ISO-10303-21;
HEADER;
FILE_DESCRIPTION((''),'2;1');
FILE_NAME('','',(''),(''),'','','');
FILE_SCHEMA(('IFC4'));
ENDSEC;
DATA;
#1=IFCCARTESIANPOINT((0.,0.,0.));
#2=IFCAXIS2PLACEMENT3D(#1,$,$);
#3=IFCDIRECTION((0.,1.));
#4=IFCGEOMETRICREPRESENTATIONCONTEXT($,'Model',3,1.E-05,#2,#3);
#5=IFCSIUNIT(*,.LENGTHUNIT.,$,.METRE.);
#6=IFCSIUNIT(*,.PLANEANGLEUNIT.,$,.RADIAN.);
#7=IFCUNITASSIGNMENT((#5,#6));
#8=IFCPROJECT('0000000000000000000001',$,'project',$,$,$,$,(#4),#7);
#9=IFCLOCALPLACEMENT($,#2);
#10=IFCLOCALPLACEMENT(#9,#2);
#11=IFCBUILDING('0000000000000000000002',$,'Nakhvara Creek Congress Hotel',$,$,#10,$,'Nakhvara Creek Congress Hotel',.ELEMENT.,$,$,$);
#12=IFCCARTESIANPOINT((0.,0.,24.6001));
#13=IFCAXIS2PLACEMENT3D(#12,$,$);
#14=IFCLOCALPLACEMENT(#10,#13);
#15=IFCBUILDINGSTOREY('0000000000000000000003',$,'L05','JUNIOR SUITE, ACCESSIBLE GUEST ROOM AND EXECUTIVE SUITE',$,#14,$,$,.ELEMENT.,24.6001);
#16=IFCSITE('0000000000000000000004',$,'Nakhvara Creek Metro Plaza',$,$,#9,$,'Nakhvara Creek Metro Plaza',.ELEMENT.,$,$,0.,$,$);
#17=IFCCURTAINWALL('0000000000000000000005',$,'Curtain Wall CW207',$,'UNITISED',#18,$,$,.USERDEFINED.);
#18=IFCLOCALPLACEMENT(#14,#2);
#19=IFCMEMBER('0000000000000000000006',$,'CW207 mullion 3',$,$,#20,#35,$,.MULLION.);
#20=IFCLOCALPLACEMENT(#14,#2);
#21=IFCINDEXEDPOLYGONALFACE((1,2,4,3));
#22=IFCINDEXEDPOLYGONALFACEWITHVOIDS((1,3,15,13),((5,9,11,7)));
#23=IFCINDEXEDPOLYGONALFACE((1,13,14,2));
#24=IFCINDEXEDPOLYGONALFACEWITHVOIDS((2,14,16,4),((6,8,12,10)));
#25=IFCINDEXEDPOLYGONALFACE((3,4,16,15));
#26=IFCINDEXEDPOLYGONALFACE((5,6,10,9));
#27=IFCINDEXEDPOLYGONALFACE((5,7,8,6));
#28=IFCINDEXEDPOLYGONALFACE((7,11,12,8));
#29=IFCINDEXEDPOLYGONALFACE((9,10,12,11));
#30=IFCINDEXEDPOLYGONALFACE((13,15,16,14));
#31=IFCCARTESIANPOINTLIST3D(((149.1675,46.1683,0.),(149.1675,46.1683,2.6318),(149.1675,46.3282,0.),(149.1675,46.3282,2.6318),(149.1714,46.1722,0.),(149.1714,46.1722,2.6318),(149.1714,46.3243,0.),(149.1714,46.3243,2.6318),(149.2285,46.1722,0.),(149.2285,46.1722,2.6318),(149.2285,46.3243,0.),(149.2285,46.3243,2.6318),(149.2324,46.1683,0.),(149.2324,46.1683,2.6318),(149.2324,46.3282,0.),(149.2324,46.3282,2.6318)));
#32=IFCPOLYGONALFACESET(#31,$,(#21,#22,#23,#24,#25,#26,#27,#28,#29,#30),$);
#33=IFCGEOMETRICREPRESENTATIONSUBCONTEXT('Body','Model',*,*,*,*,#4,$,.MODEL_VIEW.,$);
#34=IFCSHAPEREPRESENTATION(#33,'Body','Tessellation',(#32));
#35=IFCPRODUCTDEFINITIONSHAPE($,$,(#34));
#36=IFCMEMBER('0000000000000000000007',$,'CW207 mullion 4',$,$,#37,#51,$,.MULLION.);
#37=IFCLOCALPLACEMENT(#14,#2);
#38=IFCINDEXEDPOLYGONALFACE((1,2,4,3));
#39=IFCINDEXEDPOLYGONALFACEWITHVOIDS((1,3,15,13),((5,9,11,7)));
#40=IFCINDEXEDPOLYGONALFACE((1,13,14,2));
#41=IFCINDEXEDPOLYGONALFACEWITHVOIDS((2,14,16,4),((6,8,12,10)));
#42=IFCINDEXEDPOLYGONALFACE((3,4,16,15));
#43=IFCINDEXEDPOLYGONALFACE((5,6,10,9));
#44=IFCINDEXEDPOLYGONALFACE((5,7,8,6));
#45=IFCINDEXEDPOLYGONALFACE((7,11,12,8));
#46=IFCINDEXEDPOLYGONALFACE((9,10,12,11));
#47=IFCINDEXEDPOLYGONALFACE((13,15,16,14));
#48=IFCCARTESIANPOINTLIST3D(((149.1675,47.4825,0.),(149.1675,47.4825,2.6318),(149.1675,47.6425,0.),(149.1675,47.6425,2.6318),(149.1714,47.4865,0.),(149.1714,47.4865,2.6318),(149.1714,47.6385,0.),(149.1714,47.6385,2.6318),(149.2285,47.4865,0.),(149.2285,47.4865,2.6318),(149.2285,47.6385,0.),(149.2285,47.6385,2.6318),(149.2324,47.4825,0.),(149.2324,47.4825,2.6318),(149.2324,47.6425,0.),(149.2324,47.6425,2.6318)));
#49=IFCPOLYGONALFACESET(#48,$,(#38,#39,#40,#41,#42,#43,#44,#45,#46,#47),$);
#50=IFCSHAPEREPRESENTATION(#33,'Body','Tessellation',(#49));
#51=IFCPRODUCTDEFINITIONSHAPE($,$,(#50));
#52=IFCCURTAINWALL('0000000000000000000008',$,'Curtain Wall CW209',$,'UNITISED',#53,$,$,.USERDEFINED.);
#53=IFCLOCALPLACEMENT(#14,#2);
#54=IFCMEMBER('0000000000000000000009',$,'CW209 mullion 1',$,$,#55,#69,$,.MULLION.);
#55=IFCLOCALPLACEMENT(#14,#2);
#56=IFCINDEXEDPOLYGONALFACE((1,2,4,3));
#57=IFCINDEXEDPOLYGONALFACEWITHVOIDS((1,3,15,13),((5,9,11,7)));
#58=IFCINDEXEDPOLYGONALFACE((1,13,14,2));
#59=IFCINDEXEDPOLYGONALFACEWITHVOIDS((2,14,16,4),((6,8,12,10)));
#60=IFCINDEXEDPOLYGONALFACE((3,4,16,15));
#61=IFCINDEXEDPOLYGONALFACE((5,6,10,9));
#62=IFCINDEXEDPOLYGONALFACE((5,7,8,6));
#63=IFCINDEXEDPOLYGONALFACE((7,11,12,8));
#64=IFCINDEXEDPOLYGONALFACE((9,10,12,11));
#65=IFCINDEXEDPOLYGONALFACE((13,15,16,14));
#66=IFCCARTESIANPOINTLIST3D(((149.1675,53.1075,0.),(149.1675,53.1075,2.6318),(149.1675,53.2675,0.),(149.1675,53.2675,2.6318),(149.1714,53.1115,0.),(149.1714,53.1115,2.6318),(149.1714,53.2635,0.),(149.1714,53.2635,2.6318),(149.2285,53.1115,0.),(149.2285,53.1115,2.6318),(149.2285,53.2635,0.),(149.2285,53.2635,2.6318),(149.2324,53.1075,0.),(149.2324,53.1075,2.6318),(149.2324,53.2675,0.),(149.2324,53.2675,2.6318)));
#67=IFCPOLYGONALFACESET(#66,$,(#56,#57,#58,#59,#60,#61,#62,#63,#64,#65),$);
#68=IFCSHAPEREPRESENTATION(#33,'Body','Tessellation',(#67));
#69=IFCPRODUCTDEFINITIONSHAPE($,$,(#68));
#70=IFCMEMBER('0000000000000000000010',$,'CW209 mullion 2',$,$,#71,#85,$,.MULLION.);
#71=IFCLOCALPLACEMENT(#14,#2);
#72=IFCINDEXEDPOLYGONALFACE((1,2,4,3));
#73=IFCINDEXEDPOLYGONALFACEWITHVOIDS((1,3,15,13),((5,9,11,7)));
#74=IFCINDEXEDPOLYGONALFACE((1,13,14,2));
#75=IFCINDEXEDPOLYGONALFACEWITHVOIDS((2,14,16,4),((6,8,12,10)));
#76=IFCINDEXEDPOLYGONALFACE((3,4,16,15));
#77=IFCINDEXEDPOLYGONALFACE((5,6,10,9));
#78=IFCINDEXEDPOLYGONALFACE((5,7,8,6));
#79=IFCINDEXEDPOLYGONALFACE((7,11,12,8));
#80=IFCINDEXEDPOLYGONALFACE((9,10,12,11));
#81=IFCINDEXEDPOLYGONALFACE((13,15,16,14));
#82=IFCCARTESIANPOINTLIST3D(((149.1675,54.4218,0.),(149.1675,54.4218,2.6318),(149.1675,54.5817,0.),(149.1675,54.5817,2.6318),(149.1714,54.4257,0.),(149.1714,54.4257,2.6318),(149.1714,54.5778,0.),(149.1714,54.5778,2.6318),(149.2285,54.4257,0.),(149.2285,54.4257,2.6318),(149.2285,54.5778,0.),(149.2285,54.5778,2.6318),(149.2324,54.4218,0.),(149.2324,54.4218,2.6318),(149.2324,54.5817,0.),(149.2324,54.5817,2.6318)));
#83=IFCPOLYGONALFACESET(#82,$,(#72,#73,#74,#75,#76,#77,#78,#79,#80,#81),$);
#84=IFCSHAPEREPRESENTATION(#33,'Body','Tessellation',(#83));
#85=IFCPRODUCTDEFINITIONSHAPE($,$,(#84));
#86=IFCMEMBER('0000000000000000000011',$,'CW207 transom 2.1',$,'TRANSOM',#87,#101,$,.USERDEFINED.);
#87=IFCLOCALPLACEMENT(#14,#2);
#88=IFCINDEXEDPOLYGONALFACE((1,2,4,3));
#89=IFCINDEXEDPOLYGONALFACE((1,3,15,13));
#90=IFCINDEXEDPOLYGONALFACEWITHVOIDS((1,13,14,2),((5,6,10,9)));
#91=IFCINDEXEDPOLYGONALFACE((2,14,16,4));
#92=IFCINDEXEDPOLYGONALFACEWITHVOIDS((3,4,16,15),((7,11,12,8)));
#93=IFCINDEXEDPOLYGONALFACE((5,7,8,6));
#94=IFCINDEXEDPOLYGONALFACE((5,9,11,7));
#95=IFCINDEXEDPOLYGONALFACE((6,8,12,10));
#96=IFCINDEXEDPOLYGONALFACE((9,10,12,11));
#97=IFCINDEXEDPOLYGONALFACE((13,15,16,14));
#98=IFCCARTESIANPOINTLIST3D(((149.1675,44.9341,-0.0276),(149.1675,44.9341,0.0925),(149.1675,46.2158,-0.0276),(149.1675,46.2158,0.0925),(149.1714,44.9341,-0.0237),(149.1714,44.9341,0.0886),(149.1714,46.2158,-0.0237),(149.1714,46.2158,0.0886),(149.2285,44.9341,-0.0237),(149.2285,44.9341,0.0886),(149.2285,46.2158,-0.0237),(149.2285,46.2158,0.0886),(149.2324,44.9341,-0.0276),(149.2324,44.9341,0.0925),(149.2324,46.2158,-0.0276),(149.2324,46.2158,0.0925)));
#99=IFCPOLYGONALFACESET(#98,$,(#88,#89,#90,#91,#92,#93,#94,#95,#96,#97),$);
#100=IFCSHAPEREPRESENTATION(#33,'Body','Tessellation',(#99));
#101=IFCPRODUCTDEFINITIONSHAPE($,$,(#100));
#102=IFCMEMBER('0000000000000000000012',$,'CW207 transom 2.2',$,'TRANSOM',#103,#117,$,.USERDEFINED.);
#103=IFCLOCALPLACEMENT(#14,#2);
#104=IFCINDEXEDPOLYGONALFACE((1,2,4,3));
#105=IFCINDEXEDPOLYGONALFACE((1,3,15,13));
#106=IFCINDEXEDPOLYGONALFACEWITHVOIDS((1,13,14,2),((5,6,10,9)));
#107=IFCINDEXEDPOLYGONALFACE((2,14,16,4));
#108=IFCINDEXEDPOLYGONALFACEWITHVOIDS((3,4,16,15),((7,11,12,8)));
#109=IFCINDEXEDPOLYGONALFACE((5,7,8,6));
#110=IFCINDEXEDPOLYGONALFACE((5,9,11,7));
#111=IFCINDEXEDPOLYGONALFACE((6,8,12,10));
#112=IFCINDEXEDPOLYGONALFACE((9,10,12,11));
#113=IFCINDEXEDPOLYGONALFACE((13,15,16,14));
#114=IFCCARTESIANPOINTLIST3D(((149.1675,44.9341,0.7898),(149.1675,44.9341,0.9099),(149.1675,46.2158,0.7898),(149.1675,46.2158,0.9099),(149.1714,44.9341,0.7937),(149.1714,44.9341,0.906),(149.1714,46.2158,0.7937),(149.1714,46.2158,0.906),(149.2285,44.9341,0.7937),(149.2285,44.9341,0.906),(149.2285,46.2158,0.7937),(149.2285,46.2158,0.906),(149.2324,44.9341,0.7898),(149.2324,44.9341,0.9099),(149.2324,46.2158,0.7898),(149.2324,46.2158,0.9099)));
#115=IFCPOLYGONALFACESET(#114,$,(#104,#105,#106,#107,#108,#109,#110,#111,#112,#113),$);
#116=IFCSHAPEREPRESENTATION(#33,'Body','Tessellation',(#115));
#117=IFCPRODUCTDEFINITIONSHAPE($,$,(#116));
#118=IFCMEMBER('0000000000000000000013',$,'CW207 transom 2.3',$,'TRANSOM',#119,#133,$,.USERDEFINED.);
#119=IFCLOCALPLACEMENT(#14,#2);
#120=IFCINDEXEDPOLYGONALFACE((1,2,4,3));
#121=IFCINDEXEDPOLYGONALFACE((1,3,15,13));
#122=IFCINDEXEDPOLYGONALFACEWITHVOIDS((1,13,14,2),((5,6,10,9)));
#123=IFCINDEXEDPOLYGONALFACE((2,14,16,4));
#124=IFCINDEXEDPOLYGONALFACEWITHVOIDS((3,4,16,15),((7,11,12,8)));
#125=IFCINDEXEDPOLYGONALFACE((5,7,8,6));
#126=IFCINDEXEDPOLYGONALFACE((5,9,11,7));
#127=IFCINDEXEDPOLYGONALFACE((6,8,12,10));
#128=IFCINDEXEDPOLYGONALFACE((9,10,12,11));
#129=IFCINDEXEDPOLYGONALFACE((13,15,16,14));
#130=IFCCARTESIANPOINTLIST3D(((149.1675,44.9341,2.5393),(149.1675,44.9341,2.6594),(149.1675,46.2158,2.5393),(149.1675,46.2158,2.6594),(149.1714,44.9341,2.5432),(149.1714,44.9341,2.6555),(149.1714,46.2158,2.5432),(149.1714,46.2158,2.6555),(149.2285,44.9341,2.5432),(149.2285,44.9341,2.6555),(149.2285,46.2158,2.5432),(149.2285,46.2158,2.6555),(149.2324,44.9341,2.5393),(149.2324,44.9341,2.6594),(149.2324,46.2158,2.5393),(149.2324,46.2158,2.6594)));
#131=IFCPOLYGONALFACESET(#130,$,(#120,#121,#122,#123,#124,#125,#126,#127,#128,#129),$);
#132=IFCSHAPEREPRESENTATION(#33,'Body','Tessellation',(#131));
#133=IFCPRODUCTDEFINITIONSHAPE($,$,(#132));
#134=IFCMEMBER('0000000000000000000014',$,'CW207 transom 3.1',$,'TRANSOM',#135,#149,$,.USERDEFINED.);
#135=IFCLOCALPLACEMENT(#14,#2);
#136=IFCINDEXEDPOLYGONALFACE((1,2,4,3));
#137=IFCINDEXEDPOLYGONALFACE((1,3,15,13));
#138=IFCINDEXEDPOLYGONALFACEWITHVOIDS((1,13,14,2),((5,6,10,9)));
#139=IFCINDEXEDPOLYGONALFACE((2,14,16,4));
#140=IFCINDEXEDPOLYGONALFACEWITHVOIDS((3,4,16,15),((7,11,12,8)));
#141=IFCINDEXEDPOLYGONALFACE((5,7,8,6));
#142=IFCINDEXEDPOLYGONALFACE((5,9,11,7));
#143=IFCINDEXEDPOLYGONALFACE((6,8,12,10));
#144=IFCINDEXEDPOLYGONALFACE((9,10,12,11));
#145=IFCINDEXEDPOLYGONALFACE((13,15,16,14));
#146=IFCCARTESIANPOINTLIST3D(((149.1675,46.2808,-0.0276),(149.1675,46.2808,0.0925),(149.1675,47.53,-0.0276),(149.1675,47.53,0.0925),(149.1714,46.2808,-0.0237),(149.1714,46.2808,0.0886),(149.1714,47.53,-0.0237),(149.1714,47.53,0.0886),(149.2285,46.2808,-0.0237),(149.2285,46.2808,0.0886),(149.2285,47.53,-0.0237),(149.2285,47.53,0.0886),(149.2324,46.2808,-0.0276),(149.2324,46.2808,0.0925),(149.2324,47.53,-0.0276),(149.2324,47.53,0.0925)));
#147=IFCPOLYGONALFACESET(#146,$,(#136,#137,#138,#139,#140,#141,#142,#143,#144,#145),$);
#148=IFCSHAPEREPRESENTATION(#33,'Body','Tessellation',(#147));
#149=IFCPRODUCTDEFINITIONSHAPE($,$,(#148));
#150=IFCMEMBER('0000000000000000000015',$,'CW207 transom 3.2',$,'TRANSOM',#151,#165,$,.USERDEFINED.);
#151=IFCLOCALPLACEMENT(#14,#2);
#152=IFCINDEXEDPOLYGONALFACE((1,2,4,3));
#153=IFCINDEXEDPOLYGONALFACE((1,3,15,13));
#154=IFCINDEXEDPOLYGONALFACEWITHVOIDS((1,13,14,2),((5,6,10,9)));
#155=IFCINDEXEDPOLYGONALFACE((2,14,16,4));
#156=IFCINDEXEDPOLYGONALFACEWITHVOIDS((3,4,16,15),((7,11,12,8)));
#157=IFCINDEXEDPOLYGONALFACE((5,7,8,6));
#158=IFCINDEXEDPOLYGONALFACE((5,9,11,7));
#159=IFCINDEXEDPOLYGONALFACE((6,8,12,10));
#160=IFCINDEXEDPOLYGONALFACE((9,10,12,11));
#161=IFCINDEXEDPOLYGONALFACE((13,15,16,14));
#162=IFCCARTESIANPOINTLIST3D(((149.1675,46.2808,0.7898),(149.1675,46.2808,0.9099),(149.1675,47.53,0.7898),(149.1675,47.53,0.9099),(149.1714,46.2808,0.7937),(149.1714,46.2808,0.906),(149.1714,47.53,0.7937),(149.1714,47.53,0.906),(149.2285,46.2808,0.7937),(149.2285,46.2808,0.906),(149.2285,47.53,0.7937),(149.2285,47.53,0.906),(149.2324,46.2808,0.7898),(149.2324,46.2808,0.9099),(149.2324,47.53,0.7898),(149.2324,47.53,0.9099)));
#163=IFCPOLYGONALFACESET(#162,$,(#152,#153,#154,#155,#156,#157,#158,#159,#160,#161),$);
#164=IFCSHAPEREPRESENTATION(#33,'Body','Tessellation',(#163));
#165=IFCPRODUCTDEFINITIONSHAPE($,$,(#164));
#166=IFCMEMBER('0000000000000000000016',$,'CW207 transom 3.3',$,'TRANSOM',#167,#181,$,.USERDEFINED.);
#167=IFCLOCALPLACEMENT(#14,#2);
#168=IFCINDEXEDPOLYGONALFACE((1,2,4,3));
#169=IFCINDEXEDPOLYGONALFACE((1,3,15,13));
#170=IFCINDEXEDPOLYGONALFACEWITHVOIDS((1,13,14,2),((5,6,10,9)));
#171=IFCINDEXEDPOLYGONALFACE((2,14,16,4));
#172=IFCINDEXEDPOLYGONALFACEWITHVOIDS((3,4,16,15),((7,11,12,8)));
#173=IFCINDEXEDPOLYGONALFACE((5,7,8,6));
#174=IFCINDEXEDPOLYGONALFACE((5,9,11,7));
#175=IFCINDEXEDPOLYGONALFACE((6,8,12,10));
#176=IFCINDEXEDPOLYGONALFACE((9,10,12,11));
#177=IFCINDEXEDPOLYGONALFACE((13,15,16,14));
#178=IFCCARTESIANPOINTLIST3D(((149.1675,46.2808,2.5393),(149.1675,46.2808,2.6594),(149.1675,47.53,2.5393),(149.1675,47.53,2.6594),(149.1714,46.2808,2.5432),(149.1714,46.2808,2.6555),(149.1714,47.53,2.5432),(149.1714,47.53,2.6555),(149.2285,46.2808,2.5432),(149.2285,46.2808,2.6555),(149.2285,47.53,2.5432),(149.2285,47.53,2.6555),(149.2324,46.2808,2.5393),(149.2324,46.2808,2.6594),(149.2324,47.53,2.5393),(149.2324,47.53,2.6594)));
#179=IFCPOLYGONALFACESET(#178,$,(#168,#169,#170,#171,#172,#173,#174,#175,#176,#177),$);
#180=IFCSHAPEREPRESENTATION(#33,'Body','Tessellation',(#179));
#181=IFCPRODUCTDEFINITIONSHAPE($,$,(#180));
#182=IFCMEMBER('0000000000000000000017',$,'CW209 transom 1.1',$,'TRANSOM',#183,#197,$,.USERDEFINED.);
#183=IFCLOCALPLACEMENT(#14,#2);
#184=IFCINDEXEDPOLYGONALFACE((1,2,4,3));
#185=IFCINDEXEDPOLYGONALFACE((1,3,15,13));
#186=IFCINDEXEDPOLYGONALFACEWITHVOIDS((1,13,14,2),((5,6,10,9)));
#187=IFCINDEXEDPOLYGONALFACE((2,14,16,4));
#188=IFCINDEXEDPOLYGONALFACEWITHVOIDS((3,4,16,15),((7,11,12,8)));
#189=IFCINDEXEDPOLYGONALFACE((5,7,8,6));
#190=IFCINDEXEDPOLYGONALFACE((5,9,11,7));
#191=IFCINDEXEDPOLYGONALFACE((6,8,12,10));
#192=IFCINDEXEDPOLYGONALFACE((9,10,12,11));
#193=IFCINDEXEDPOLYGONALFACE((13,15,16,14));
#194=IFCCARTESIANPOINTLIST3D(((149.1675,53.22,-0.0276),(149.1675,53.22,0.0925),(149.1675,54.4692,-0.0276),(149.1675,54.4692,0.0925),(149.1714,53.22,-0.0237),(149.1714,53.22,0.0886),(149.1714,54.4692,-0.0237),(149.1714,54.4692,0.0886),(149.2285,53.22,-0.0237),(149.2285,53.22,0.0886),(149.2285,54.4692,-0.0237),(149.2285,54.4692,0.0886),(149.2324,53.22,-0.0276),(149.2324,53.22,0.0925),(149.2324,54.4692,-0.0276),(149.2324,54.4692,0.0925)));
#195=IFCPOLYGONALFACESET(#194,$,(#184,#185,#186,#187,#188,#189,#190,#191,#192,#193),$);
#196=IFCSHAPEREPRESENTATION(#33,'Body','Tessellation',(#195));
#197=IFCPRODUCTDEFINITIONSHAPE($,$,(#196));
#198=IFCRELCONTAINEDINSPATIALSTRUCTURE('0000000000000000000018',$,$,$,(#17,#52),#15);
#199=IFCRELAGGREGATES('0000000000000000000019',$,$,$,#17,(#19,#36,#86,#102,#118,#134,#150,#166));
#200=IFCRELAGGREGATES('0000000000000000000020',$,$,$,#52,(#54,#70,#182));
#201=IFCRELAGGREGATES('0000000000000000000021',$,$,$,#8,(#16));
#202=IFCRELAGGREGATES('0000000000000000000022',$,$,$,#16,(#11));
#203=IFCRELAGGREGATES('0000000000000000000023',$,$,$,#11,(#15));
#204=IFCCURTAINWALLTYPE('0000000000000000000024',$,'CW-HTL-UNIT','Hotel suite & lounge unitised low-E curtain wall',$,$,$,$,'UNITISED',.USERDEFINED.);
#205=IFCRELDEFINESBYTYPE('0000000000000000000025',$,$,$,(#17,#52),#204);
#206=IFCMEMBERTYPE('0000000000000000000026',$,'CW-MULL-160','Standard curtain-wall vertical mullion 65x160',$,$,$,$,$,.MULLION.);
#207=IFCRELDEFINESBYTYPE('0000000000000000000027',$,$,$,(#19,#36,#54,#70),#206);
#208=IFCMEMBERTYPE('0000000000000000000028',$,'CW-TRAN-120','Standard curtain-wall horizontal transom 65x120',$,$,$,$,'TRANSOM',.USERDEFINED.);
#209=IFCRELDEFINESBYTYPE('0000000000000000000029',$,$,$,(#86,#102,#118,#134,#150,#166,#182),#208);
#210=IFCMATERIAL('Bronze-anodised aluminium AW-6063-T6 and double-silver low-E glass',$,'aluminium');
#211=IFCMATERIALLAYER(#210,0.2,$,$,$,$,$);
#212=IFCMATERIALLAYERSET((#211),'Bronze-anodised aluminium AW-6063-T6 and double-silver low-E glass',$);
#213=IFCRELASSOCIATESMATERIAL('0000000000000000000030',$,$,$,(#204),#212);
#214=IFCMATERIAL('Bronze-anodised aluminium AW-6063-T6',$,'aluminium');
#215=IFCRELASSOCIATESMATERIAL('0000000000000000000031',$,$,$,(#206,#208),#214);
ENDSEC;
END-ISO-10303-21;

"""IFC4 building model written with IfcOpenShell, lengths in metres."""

from ifc_helpers import new_model, si_unit, direction, frame, origin, origin_2d, place, context, subcontext, project, spatial, hollow_rectangle, extrude, material, layer, layer_set, material_profile, profile_set, type_object, element, aggregate, save


model = new_model("IFC4")

# Units and contexts
model_context = context("Model", 3, precision=1e-05, world=origin(), true_north=direction((0.0, 1.0)))
body_context = subcontext(model_context, "Body", "Model", "MODEL_VIEW")
ifc_project = project(units=[si_unit("LENGTHUNIT", "METRE"), si_unit("PLANEANGLEUNIT", "RADIAN")], contexts=[model_context])

# Site, building, storey
site_placement = place(None, origin())
site = spatial("IfcSite", under=ifc_project, at=site_placement, Name="Nakhvara Creek Metro Plaza", LongName="Nakhvara Creek Metro Plaza", CompositionType="ELEMENT", RefElevation=0.0)
building_placement = place(site_placement, origin())
building = spatial("IfcBuilding", under=site, at=building_placement, Name="Nakhvara Creek Congress Hotel", LongName="Nakhvara Creek Congress Hotel", CompositionType="ELEMENT")
storey_placement = place(building_placement, frame((0.0, 0.0, 24.6001)))
storey = spatial("IfcBuildingStorey", under=building, at=storey_placement, Name="L05", Description="JUNIOR SUITE, ACCESSIBLE GUEST ROOM AND EXECUTIVE SUITE", CompositionType="ELEMENT", Elevation=24.6001)

# Curtain walls, members
ifc_material_1 = material(Name="Bronze-anodised aluminium AW-6063-T6 and double-silver low-E glass", Category="aluminium")
ifc_layer = layer(ifc_material_1, 0.2)
ifc_layer_set = layer_set([ifc_layer], Name="Bronze-anodised aluminium AW-6063-T6 and double-silver low-E glass")
curtain_wall_type = type_object("IfcCurtainWallType", Name="CW-HTL-UNIT", Description="Hotel suite & lounge unitised low-E curtain wall", ElementType="UNITISED", PredefinedType="USERDEFINED", material=ifc_layer_set)
curtain_wall_1_placement = place(storey_placement, origin())
curtain_wall_1 = element("IfcCurtainWall", 1, at=curtain_wall_1_placement, inside=storey, type_object=curtain_wall_type, Name="Curtain Wall CW207", ObjectType="UNITISED", PredefinedType="USERDEFINED")
ifc_material_2 = material(Name="Bronze-anodised aluminium AW-6063-T6", Category="aluminium")
ifc_material_profile_1 = material_profile(ifc_material_2, hollow_rectangle(XDim=0.0649, YDim=0.1599, WallThickness=0.0039, at=origin_2d()), Name="ALU-MULL 65x160x4", Category="LoadBearing")
ifc_profile_set_1 = profile_set([ifc_material_profile_1], Name="Bronze-anodised aluminium AW-6063-T6")
member_type_1 = type_object("IfcMemberType", Name="CW-MULL-160", Description="Standard curtain-wall vertical mullion 65x160", PredefinedType="MULLION", material=ifc_profile_set_1)
member_1_placement = place(storey_placement, frame((149.2, 46.2483, 0.0), z_axis=(0.0, 0.0, 1.0), x_axis=(-1.0, 0.0, 0.0)))
member_1 = element("IfcMember", 2, at=member_1_placement, type_object=member_type_1, Name="CW207 mullion 3", PredefinedType="MULLION", context=body_context, shape_type="SweptSolid", body=[
    extrude(hollow_rectangle(XDim=0.0649, YDim=0.1599, WallThickness=0.0039, at=origin_2d()), origin(), (0.0, 0.0, 1.0), 2.6318),
])
member_2_placement = place(storey_placement, frame((149.2, 47.5625, 0.0), z_axis=(0.0, 0.0, 1.0), x_axis=(-1.0, 0.0, 0.0)))
member_2 = element("IfcMember", 3, at=member_2_placement, type_object=member_type_1, Name="CW207 mullion 4", PredefinedType="MULLION", context=body_context, shape_type="SweptSolid", body=[
    extrude(hollow_rectangle(XDim=0.0649, YDim=0.1599, WallThickness=0.0039, at=origin_2d()), origin(), (0.0, 0.0, 1.0), 2.6318),
])
curtain_wall_2_placement = place(storey_placement, origin())
curtain_wall_2 = element("IfcCurtainWall", 4, at=curtain_wall_2_placement, inside=storey, type_object=curtain_wall_type, Name="Curtain Wall CW209", ObjectType="UNITISED", PredefinedType="USERDEFINED")
member_3_placement = place(storey_placement, frame((149.2, 53.1875, 0.0), z_axis=(0.0, 0.0, 1.0), x_axis=(-1.0, 0.0, 0.0)))
member_3 = element("IfcMember", 5, at=member_3_placement, type_object=member_type_1, Name="CW209 mullion 1", PredefinedType="MULLION", context=body_context, shape_type="SweptSolid", body=[
    extrude(hollow_rectangle(XDim=0.0649, YDim=0.1599, WallThickness=0.0039, at=origin_2d()), origin(), (0.0, 0.0, 1.0), 2.6318),
])
member_4_placement = place(storey_placement, frame((149.2, 54.5017, 0.0), z_axis=(0.0, 0.0, 1.0), x_axis=(-1.0, 0.0, 0.0)))
member_4 = element("IfcMember", 6, at=member_4_placement, type_object=member_type_1, Name="CW209 mullion 2", PredefinedType="MULLION", context=body_context, shape_type="SweptSolid", body=[
    extrude(hollow_rectangle(XDim=0.0649, YDim=0.1599, WallThickness=0.0039, at=origin_2d()), origin(), (0.0, 0.0, 1.0), 2.6318),
])

# Members
ifc_material_profile_2 = material_profile(ifc_material_2, hollow_rectangle(XDim=0.0649, YDim=0.1201, WallThickness=0.0039, at=origin_2d()), Name="ALU-TRAN 65x120x4", Category="LoadBearing")
ifc_profile_set_2 = profile_set([ifc_material_profile_2], Name="Bronze-anodised aluminium AW-6063-T6")
member_type_2 = type_object("IfcMemberType", Name="CW-TRAN-120", Description="Standard curtain-wall horizontal transom 65x120", ElementType="TRANSOM", PredefinedType="USERDEFINED", material=ifc_profile_set_2)
member_5_placement = place(storey_placement, frame((149.2, 44.9341, 0.0325), z_axis=(0.0, 1.0, 0.0), x_axis=(-1.0, 0.0, 0.0)))
member_5 = element("IfcMember", 7, at=member_5_placement, type_object=member_type_2, Name="CW207 transom 2.1", ObjectType="TRANSOM", PredefinedType="USERDEFINED", context=body_context, shape_type="SweptSolid", body=[
    extrude(hollow_rectangle(XDim=0.0649, YDim=0.1201, WallThickness=0.0039, at=origin_2d()), origin(), (0.0, 0.0, 1.0), 1.2817),
])
member_6_placement = place(storey_placement, frame((149.2, 44.9341, 0.8499), z_axis=(0.0, 1.0, 0.0), x_axis=(-1.0, 0.0, 0.0)))
member_6 = element("IfcMember", 8, at=member_6_placement, type_object=member_type_2, Name="CW207 transom 2.2", ObjectType="TRANSOM", PredefinedType="USERDEFINED", context=body_context, shape_type="SweptSolid", body=[
    extrude(hollow_rectangle(XDim=0.0649, YDim=0.1201, WallThickness=0.0039, at=origin_2d()), origin(), (0.0, 0.0, 1.0), 1.2817),
])
member_7_placement = place(storey_placement, frame((149.2, 44.9341, 2.5994), z_axis=(0.0, 1.0, 0.0), x_axis=(-1.0, 0.0, 0.0)))
member_7 = element("IfcMember", 9, at=member_7_placement, type_object=member_type_2, Name="CW207 transom 2.3", ObjectType="TRANSOM", PredefinedType="USERDEFINED", context=body_context, shape_type="SweptSolid", body=[
    extrude(hollow_rectangle(XDim=0.0649, YDim=0.1201, WallThickness=0.0039, at=origin_2d()), origin(), (0.0, 0.0, 1.0), 1.2817),
])
member_8_placement = place(storey_placement, frame((149.2, 46.2808, 0.0325), z_axis=(0.0, 1.0, 0.0), x_axis=(-1.0, 0.0, 0.0)))
member_8 = element("IfcMember", 10, at=member_8_placement, type_object=member_type_2, Name="CW207 transom 3.1", ObjectType="TRANSOM", PredefinedType="USERDEFINED", context=body_context, shape_type="SweptSolid", body=[
    extrude(hollow_rectangle(XDim=0.0649, YDim=0.1201, WallThickness=0.0039, at=origin_2d()), origin(), (0.0, 0.0, 1.0), 1.2493),
])
member_9_placement = place(storey_placement, frame((149.2, 46.2808, 0.8499), z_axis=(0.0, 1.0, 0.0), x_axis=(-1.0, 0.0, 0.0)))
member_9 = element("IfcMember", 11, at=member_9_placement, type_object=member_type_2, Name="CW207 transom 3.2", ObjectType="TRANSOM", PredefinedType="USERDEFINED", context=body_context, shape_type="SweptSolid", body=[
    extrude(hollow_rectangle(XDim=0.0649, YDim=0.1201, WallThickness=0.0039, at=origin_2d()), origin(), (0.0, 0.0, 1.0), 1.2493),
])
member_10_placement = place(storey_placement, frame((149.2, 46.2808, 2.5994), z_axis=(0.0, 1.0, 0.0), x_axis=(-1.0, 0.0, 0.0)))
member_10 = element("IfcMember", 12, at=member_10_placement, type_object=member_type_2, Name="CW207 transom 3.3", ObjectType="TRANSOM", PredefinedType="USERDEFINED", context=body_context, shape_type="SweptSolid", body=[
    extrude(hollow_rectangle(XDim=0.0649, YDim=0.1201, WallThickness=0.0039, at=origin_2d()), origin(), (0.0, 0.0, 1.0), 1.2493),
])
member_11_placement = place(storey_placement, frame((149.2, 53.22, 0.0325), z_axis=(0.0, 1.0, 0.0), x_axis=(-1.0, 0.0, 0.0)))
member_11 = element("IfcMember", 13, at=member_11_placement, type_object=member_type_2, Name="CW209 transom 1.1", ObjectType="TRANSOM", PredefinedType="USERDEFINED", context=body_context, shape_type="SweptSolid", body=[
    extrude(hollow_rectangle(XDim=0.0649, YDim=0.1201, WallThickness=0.0039, at=origin_2d()), origin(), (0.0, 0.0, 1.0), 1.2493),
])

aggregate(curtain_wall_1, [member_1, member_2, member_5, member_6, member_7, member_8, member_9, member_10])
aggregate(curtain_wall_2, [member_3, member_4, member_11])

save(model, "model.ifc")
